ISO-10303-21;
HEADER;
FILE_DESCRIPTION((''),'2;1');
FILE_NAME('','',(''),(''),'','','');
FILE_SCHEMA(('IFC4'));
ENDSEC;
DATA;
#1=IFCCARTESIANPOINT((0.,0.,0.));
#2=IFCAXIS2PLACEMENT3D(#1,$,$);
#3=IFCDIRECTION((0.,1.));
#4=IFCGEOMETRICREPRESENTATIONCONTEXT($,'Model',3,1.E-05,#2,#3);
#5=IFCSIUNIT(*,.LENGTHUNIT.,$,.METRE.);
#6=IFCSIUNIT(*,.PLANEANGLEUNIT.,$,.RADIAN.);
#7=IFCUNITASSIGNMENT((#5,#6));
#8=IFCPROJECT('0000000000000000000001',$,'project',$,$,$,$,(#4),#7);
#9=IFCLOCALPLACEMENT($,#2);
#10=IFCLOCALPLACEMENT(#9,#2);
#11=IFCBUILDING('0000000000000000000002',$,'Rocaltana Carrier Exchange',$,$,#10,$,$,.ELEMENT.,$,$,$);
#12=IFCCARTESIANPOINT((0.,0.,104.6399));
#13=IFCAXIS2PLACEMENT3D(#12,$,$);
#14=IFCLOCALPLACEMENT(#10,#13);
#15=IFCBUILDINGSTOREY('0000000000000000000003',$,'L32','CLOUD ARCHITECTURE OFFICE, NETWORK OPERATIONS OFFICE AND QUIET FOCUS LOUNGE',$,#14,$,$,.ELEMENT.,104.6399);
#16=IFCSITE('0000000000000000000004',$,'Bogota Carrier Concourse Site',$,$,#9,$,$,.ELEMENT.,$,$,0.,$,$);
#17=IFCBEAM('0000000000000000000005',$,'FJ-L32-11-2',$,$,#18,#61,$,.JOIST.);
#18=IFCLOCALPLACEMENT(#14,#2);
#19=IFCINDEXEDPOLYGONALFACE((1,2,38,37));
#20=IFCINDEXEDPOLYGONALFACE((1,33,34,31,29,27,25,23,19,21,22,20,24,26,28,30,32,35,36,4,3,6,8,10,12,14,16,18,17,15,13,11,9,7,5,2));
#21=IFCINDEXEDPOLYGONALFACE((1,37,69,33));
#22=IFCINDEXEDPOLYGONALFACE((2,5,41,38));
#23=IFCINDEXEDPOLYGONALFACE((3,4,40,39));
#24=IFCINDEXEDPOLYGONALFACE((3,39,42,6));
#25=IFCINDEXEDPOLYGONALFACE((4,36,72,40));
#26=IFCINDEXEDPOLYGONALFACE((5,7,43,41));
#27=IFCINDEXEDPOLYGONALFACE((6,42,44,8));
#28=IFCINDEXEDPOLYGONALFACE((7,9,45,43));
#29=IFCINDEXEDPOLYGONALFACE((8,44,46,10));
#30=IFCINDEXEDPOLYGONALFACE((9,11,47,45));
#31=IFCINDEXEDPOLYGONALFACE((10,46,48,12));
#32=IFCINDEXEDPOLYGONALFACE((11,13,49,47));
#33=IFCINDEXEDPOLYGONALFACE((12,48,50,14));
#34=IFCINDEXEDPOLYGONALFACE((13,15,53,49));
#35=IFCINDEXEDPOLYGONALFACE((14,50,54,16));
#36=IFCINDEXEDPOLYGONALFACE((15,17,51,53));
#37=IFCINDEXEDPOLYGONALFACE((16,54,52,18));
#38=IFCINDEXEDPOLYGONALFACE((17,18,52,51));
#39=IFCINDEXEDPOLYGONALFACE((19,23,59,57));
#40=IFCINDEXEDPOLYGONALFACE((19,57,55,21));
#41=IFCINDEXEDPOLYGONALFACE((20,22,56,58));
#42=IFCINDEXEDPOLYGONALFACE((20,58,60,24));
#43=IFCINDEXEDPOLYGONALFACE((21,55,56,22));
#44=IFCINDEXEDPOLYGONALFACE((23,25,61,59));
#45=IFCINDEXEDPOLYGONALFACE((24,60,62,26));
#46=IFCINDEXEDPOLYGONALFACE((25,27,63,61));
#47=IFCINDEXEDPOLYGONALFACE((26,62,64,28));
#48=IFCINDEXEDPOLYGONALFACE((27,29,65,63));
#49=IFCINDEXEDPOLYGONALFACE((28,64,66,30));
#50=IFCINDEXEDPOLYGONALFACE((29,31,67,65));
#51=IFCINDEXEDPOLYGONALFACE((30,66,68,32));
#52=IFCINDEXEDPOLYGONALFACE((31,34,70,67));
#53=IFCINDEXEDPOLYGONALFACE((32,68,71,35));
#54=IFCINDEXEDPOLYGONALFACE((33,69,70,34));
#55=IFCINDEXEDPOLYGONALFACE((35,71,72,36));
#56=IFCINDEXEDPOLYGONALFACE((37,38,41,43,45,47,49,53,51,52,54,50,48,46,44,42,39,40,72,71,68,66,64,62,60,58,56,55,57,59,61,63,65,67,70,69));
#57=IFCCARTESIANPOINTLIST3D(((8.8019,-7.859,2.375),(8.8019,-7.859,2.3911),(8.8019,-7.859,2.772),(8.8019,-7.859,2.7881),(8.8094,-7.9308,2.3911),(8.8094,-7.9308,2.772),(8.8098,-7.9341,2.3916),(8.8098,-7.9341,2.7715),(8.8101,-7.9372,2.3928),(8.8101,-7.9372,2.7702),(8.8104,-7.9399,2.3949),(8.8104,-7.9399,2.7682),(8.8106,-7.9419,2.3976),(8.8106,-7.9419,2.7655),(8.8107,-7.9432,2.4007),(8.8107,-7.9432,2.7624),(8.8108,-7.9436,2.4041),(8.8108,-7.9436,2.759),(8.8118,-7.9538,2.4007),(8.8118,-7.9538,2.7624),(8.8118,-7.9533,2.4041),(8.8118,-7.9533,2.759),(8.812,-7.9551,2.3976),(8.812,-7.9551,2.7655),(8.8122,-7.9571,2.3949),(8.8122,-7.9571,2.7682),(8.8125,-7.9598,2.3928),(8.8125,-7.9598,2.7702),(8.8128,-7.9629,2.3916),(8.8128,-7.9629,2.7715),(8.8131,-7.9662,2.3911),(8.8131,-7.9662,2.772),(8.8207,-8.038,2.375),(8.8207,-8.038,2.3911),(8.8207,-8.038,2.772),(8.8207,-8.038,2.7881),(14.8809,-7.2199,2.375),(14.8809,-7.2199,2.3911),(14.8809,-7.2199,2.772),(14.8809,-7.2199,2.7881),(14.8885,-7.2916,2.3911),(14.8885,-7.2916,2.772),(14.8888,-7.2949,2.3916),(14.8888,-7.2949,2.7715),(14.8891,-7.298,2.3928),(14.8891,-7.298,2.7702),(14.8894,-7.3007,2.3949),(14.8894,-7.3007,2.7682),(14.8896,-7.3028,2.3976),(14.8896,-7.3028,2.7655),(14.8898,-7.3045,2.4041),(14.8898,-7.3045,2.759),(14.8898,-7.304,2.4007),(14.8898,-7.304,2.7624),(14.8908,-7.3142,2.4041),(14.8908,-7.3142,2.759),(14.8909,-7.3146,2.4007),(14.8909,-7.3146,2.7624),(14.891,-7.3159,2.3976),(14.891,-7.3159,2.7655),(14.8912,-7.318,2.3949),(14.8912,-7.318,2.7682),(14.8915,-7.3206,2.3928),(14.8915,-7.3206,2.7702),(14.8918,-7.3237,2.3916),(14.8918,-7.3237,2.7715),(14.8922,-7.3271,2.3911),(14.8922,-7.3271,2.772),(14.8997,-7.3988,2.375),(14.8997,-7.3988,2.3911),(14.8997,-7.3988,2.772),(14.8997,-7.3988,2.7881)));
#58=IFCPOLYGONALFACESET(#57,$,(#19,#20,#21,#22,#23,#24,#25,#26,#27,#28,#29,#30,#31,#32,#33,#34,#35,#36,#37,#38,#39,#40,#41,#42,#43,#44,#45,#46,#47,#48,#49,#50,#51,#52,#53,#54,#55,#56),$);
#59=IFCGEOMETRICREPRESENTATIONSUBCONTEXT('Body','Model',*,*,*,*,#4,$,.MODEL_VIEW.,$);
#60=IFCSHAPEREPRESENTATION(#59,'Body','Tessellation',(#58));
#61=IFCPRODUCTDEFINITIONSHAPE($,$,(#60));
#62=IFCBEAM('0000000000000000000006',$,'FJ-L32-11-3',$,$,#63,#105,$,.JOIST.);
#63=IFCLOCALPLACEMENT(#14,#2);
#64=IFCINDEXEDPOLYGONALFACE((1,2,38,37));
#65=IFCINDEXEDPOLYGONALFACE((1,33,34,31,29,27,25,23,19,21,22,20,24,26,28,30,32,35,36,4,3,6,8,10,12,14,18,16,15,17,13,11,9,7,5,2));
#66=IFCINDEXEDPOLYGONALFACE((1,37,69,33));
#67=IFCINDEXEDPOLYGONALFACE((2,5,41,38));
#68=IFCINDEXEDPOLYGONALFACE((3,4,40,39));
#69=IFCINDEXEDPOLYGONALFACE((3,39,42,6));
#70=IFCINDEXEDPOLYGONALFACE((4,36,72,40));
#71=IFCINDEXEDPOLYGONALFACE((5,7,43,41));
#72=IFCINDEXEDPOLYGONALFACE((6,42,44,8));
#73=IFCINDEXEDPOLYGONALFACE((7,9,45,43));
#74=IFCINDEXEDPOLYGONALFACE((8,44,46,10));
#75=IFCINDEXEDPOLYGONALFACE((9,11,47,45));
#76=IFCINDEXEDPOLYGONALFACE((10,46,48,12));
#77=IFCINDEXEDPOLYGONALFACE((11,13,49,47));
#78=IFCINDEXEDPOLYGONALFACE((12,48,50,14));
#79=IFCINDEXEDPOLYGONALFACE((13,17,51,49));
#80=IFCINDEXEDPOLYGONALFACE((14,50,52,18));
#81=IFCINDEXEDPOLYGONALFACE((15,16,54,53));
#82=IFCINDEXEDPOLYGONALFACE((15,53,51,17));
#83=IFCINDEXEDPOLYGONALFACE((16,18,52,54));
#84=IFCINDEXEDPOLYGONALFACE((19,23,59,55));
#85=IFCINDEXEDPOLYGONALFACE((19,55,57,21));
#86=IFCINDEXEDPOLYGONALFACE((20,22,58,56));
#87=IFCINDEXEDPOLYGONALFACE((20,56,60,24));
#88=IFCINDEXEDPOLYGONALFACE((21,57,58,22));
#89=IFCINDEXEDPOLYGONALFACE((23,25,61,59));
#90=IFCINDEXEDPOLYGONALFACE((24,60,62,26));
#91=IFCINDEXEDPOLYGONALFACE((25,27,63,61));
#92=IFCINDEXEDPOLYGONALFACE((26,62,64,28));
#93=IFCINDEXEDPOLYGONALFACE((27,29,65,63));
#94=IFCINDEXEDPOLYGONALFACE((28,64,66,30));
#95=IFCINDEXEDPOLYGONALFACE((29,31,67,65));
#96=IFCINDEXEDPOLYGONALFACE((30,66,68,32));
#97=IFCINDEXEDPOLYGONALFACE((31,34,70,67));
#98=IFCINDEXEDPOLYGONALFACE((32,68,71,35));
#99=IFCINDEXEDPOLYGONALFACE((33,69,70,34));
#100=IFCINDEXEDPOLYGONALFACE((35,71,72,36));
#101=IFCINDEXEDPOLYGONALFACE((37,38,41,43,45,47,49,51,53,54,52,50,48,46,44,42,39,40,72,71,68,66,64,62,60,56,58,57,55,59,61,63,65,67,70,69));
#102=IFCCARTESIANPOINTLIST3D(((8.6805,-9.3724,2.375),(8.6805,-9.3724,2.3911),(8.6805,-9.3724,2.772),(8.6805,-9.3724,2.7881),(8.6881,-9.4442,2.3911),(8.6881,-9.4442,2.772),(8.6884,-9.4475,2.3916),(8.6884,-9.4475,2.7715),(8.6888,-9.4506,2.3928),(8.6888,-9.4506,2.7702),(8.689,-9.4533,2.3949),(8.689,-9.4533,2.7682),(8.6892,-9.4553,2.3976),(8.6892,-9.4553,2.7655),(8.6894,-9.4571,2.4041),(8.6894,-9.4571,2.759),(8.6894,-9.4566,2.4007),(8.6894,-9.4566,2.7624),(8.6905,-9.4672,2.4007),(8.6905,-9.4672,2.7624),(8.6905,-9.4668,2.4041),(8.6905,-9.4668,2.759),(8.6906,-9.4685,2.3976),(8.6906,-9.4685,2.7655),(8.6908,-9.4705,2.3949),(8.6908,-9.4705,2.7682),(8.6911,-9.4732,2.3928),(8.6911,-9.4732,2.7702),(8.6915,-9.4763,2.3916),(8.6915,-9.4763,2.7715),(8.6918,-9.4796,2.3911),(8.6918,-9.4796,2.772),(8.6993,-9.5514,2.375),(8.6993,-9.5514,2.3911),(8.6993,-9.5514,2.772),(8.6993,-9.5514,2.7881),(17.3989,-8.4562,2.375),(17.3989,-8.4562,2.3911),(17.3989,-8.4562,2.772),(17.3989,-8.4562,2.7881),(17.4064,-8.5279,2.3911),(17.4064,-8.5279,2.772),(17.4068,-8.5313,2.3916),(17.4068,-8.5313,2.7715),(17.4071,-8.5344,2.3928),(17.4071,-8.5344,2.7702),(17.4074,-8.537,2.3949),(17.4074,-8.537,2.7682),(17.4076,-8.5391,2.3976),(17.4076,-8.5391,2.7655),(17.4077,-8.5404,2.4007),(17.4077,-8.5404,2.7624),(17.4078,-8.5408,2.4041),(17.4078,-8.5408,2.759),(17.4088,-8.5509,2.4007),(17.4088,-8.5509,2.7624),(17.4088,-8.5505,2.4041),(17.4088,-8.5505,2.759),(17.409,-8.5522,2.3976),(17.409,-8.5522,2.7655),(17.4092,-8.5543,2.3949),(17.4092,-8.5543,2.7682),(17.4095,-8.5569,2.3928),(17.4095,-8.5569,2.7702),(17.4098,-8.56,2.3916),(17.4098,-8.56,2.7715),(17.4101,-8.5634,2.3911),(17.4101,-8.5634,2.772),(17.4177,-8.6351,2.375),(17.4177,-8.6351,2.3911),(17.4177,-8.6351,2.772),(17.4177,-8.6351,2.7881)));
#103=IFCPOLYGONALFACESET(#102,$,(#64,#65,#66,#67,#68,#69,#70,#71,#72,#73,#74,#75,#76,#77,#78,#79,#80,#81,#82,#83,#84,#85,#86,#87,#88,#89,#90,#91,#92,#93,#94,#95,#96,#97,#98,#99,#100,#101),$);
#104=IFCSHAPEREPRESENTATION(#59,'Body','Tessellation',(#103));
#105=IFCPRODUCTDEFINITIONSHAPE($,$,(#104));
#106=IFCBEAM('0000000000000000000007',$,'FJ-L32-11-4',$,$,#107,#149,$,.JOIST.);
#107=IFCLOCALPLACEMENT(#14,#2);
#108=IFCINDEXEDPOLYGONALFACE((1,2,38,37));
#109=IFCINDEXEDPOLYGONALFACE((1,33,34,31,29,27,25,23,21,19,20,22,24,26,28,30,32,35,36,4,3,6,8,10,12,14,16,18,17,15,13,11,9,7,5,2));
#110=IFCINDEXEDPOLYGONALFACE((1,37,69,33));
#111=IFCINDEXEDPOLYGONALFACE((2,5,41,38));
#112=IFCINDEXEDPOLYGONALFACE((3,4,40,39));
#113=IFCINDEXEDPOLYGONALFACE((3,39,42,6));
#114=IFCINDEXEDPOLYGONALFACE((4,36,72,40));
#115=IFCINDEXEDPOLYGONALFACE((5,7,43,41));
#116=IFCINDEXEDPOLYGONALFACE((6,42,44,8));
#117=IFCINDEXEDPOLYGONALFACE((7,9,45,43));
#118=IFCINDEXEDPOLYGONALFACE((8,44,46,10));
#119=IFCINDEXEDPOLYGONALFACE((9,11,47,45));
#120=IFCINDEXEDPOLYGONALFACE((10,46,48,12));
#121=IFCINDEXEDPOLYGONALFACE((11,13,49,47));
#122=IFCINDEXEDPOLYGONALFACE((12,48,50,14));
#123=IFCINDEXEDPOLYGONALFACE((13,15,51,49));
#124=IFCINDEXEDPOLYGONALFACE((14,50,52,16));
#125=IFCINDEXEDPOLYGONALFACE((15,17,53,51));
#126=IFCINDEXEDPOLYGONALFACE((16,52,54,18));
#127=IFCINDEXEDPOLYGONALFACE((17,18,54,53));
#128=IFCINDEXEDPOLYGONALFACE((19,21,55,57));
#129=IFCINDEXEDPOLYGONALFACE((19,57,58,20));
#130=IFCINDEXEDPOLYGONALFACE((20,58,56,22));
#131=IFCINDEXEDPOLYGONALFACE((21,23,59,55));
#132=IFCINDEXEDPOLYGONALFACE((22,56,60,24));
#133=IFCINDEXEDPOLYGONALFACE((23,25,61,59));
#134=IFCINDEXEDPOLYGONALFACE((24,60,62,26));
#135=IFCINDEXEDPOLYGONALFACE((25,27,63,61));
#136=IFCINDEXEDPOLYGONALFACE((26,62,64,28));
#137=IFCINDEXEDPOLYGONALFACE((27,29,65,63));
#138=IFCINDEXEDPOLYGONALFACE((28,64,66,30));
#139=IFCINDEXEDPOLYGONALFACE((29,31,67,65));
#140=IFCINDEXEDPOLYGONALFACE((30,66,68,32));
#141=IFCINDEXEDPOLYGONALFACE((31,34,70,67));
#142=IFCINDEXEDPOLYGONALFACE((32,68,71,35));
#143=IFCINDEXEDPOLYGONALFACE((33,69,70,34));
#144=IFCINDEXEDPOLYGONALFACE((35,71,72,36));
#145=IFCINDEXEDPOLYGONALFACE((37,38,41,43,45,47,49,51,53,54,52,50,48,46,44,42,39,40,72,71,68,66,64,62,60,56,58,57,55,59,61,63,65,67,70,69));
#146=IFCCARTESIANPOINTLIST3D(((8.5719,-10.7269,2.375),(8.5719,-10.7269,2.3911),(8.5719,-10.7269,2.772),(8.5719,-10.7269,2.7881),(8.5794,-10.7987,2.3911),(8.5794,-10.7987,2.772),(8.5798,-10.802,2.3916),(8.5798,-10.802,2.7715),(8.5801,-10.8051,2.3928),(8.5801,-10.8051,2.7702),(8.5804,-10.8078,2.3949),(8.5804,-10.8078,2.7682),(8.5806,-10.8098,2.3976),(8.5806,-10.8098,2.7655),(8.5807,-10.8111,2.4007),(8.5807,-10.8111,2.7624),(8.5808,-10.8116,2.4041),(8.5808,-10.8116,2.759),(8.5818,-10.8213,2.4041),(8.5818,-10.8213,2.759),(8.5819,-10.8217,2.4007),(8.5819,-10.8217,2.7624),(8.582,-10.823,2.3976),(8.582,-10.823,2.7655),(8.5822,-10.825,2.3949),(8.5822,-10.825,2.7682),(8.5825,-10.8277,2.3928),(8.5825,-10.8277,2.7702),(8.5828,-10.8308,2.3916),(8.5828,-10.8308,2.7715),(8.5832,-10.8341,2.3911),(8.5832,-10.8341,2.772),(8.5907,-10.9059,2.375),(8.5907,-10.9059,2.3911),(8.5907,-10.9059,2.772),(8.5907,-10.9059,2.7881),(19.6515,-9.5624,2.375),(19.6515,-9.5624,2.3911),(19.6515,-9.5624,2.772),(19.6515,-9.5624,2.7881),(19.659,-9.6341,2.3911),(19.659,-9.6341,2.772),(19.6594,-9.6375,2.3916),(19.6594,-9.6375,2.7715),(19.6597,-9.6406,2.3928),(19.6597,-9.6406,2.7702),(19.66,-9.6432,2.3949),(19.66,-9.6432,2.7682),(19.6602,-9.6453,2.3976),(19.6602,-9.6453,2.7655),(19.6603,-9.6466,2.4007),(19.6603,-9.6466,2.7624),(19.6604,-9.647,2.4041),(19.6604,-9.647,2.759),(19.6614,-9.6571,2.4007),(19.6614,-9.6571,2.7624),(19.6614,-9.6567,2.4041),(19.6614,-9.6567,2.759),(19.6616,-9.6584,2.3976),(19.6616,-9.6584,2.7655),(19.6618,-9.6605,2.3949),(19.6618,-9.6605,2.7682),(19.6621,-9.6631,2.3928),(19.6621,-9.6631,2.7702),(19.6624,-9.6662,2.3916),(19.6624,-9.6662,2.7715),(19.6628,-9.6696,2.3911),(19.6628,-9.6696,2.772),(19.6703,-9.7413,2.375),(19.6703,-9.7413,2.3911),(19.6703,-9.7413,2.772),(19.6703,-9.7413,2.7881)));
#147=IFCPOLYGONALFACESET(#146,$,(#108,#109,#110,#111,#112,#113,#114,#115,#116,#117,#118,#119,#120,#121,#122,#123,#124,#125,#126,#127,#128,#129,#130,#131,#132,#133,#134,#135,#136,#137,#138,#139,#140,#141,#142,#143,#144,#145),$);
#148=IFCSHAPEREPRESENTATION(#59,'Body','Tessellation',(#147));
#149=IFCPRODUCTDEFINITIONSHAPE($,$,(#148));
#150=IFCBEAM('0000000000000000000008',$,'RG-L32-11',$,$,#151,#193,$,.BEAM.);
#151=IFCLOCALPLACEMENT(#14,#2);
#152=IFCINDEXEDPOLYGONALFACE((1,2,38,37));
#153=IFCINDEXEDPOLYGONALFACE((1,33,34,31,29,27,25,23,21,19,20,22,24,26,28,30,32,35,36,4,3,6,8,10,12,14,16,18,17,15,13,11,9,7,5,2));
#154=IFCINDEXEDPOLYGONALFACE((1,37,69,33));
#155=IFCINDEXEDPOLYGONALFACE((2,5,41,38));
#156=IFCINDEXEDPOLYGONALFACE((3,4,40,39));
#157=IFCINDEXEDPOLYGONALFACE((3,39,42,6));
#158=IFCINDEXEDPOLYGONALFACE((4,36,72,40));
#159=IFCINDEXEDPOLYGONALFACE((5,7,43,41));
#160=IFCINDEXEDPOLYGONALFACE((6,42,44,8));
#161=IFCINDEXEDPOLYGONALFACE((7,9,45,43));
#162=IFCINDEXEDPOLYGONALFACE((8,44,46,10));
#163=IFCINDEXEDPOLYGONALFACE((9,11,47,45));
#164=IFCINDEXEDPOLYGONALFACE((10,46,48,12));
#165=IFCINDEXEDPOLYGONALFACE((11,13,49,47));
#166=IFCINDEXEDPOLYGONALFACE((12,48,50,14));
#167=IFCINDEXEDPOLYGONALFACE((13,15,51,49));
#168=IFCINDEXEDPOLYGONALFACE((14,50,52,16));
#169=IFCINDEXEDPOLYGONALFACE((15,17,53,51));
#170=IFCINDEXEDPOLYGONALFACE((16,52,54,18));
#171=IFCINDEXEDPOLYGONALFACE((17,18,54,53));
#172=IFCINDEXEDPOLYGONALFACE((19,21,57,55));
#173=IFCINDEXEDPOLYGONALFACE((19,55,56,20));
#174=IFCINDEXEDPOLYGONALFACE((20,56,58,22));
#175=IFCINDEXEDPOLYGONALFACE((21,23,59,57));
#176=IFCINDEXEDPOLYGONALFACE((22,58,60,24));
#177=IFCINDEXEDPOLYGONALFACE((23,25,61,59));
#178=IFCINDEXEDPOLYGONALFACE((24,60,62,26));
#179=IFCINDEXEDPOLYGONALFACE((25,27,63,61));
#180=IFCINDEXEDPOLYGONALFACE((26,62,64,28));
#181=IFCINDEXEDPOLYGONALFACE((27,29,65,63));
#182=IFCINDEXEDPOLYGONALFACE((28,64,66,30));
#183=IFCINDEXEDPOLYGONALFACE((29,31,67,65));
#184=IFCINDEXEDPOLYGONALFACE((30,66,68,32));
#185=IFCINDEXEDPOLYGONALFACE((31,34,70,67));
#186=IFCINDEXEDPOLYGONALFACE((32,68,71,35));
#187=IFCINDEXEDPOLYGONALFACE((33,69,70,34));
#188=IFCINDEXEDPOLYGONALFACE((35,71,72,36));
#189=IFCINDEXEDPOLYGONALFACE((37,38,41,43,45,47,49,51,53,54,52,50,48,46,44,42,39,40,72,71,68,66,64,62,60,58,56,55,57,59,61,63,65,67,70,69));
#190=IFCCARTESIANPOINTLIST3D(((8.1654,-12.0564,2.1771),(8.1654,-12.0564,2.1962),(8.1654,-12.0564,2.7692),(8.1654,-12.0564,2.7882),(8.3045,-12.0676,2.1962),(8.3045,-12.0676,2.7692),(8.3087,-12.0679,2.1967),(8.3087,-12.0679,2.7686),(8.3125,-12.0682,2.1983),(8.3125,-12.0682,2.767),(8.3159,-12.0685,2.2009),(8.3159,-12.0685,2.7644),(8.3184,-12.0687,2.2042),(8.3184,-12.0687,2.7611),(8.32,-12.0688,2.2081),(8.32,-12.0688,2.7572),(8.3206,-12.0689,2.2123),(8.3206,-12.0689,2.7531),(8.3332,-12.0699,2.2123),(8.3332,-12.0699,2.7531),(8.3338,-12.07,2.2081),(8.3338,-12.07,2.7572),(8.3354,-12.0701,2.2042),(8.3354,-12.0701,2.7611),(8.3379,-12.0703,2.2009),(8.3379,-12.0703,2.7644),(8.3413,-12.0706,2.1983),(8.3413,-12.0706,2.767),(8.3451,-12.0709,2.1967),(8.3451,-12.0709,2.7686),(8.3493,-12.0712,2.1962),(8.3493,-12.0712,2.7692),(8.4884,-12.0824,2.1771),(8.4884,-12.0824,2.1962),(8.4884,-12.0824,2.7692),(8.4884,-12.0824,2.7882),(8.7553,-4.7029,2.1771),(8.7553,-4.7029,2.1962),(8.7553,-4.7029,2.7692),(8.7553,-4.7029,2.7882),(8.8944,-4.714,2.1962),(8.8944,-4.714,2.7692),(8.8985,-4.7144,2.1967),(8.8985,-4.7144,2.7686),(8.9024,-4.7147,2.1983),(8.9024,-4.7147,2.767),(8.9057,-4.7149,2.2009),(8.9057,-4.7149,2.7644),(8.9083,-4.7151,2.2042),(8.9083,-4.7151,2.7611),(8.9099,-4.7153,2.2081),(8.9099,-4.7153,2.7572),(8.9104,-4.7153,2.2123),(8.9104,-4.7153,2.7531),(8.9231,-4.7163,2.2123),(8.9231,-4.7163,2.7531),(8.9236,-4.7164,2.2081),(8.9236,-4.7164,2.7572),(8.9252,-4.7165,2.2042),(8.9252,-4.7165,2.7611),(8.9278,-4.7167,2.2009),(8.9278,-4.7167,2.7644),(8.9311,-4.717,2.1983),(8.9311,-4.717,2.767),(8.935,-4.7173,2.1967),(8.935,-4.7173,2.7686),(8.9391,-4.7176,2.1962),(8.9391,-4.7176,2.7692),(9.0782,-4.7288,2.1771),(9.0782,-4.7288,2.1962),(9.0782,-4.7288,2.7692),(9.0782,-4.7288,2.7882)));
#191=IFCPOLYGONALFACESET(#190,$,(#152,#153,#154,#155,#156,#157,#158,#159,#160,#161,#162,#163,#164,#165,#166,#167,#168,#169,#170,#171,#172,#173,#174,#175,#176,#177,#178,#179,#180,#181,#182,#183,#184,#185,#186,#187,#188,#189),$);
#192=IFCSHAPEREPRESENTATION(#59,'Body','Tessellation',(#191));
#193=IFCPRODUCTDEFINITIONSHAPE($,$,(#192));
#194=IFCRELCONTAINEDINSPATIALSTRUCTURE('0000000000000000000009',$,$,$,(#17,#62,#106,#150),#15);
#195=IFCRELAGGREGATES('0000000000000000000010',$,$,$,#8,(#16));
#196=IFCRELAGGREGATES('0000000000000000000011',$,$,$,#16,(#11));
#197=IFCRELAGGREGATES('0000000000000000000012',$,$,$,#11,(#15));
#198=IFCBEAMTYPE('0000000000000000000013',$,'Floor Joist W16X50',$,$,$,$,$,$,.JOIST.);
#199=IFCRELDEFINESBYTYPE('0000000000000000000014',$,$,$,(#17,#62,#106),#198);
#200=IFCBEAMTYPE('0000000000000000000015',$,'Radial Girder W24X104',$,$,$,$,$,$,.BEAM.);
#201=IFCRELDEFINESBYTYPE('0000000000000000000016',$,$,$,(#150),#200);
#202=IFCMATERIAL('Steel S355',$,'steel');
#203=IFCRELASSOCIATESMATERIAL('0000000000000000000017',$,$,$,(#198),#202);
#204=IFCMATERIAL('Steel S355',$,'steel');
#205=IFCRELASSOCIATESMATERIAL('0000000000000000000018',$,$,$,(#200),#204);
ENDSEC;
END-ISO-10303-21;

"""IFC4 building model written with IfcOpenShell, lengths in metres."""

from ifc_helpers import new_model, si_unit, direction, frame, origin, origin_2d, place, context, subcontext, project, spatial, i_section, extrude, material, material_profile, profile_set, type_object, element, save


model = new_model("IFC4")

# Units and contexts
model_context = context("Model", 3, precision=1e-05, world=origin(), true_north=direction((0.0, 1.0)))
body_context = subcontext(model_context, "Body", "Model", "MODEL_VIEW")
ifc_project = project(units=[si_unit("LENGTHUNIT", "METRE"), si_unit("PLANEANGLEUNIT", "RADIAN")], contexts=[model_context])

# Site, building, storey
site_placement = place(None, origin())
site = spatial("IfcSite", under=ifc_project, at=site_placement, Name="Bogota Carrier Concourse Site", CompositionType="ELEMENT", RefElevation=0.0)
building_placement = place(site_placement, origin())
building = spatial("IfcBuilding", under=site, at=building_placement, Name="Rocaltana Carrier Exchange", CompositionType="ELEMENT")
storey_placement = place(building_placement, frame((0.0, 0.0, 104.6399)))
storey = spatial("IfcBuildingStorey", under=building, at=storey_placement, Name="L32", Description="CLOUD ARCHITECTURE OFFICE, NETWORK OPERATIONS OFFICE AND QUIET FOCUS LOUNGE", CompositionType="ELEMENT", Elevation=104.6399)

# Beams
ifc_material_1 = material(Name="Steel S355", Category="steel")
ifc_material_profile_1 = material_profile(ifc_material_1, i_section(OverallWidth=0.1799, OverallDepth=0.4131, WebThickness=0.0098, FlangeThickness=0.0161, FilletRadius=0.0129, at=origin_2d()), Name="W16X50")
ifc_profile_set_1 = profile_set([ifc_material_profile_1], Name="Steel S355")
beam_type_1 = type_object("IfcBeamType", Name="Floor Joist W16X50", PredefinedType="JOIST", material=ifc_profile_set_1)
beam_1_placement = place(storey_placement, frame((8.8113, -7.9485, 2.5815), z_axis=(0.994518, 0.104564, 0.0), x_axis=(-0.104564, 0.994518, 0.0)))
element("IfcBeam", 1, at=beam_1_placement, inside=storey, type_object=beam_type_1, Name="FJ-L32-11-2", PredefinedType="JOIST", context=body_context, shape_type="SweptSolid", body=[
    extrude(i_section(OverallWidth=0.1799, OverallDepth=0.4131, WebThickness=0.0098, FlangeThickness=0.0161, FilletRadius=0.0129, at=origin_2d()), origin(), (0.0, 0.0, 1.0), 6.1125),
])
beam_2_placement = place(storey_placement, frame((8.6899, -9.4619, 2.5815), z_axis=(0.994523, 0.104521, 0.0), x_axis=(-0.104521, 0.994523, 0.0)))
element("IfcBeam", 2, at=beam_2_placement, inside=storey, type_object=beam_type_1, Name="FJ-L32-11-3", PredefinedType="JOIST", context=body_context, shape_type="SweptSolid", body=[
    extrude(i_section(OverallWidth=0.1799, OverallDepth=0.4131, WebThickness=0.0098, FlangeThickness=0.0161, FilletRadius=0.0129, at=origin_2d()), origin(), (0.0, 0.0, 1.0), 8.7664),
])
beam_3_placement = place(storey_placement, frame((8.5813, -10.8164, 2.5815), z_axis=(0.994522, 0.104532, 0.0), x_axis=(-0.104532, 0.994522, 0.0)))
element("IfcBeam", 3, at=beam_3_placement, inside=storey, type_object=beam_type_1, Name="FJ-L32-11-4", PredefinedType="JOIST", context=body_context, shape_type="SweptSolid", body=[
    extrude(i_section(OverallWidth=0.1799, OverallDepth=0.4131, WebThickness=0.0098, FlangeThickness=0.0161, FilletRadius=0.0129, at=origin_2d()), origin(), (0.0, 0.0, 1.0), 11.1406),
])
ifc_material_2 = material(Name="Steel S355", Category="steel")
ifc_material_profile_2 = material_profile(ifc_material_2, i_section(OverallWidth=0.324, OverallDepth=0.6111, WebThickness=0.0127, FlangeThickness=0.019, FilletRadius=0.0161, at=origin_2d()), Name="W24X104")
ifc_profile_set_2 = profile_set([ifc_material_profile_2], Name="Steel S355")
beam_type_2 = type_object("IfcBeamType", Name="Radial Girder W24X104", PredefinedType="BEAM", material=ifc_profile_set_2)
beam_4_placement = place(storey_placement, frame((8.9167, -4.7158, 2.4827), z_axis=(-0.079956, -0.996798, 0.0), x_axis=(0.996798, -0.079956, 0.0)))
element("IfcBeam", 4, at=beam_4_placement, inside=storey, type_object=beam_type_2, Name="RG-L32-11", PredefinedType="BEAM", context=body_context, shape_type="SweptSolid", body=[
    extrude(i_section(OverallWidth=0.324, OverallDepth=0.6111, WebThickness=0.0127, FlangeThickness=0.019, FilletRadius=0.0161, at=origin_2d()), origin(), (0.0, 0.0, 1.0), 7.3772),
])

save(model, "model.ifc")
